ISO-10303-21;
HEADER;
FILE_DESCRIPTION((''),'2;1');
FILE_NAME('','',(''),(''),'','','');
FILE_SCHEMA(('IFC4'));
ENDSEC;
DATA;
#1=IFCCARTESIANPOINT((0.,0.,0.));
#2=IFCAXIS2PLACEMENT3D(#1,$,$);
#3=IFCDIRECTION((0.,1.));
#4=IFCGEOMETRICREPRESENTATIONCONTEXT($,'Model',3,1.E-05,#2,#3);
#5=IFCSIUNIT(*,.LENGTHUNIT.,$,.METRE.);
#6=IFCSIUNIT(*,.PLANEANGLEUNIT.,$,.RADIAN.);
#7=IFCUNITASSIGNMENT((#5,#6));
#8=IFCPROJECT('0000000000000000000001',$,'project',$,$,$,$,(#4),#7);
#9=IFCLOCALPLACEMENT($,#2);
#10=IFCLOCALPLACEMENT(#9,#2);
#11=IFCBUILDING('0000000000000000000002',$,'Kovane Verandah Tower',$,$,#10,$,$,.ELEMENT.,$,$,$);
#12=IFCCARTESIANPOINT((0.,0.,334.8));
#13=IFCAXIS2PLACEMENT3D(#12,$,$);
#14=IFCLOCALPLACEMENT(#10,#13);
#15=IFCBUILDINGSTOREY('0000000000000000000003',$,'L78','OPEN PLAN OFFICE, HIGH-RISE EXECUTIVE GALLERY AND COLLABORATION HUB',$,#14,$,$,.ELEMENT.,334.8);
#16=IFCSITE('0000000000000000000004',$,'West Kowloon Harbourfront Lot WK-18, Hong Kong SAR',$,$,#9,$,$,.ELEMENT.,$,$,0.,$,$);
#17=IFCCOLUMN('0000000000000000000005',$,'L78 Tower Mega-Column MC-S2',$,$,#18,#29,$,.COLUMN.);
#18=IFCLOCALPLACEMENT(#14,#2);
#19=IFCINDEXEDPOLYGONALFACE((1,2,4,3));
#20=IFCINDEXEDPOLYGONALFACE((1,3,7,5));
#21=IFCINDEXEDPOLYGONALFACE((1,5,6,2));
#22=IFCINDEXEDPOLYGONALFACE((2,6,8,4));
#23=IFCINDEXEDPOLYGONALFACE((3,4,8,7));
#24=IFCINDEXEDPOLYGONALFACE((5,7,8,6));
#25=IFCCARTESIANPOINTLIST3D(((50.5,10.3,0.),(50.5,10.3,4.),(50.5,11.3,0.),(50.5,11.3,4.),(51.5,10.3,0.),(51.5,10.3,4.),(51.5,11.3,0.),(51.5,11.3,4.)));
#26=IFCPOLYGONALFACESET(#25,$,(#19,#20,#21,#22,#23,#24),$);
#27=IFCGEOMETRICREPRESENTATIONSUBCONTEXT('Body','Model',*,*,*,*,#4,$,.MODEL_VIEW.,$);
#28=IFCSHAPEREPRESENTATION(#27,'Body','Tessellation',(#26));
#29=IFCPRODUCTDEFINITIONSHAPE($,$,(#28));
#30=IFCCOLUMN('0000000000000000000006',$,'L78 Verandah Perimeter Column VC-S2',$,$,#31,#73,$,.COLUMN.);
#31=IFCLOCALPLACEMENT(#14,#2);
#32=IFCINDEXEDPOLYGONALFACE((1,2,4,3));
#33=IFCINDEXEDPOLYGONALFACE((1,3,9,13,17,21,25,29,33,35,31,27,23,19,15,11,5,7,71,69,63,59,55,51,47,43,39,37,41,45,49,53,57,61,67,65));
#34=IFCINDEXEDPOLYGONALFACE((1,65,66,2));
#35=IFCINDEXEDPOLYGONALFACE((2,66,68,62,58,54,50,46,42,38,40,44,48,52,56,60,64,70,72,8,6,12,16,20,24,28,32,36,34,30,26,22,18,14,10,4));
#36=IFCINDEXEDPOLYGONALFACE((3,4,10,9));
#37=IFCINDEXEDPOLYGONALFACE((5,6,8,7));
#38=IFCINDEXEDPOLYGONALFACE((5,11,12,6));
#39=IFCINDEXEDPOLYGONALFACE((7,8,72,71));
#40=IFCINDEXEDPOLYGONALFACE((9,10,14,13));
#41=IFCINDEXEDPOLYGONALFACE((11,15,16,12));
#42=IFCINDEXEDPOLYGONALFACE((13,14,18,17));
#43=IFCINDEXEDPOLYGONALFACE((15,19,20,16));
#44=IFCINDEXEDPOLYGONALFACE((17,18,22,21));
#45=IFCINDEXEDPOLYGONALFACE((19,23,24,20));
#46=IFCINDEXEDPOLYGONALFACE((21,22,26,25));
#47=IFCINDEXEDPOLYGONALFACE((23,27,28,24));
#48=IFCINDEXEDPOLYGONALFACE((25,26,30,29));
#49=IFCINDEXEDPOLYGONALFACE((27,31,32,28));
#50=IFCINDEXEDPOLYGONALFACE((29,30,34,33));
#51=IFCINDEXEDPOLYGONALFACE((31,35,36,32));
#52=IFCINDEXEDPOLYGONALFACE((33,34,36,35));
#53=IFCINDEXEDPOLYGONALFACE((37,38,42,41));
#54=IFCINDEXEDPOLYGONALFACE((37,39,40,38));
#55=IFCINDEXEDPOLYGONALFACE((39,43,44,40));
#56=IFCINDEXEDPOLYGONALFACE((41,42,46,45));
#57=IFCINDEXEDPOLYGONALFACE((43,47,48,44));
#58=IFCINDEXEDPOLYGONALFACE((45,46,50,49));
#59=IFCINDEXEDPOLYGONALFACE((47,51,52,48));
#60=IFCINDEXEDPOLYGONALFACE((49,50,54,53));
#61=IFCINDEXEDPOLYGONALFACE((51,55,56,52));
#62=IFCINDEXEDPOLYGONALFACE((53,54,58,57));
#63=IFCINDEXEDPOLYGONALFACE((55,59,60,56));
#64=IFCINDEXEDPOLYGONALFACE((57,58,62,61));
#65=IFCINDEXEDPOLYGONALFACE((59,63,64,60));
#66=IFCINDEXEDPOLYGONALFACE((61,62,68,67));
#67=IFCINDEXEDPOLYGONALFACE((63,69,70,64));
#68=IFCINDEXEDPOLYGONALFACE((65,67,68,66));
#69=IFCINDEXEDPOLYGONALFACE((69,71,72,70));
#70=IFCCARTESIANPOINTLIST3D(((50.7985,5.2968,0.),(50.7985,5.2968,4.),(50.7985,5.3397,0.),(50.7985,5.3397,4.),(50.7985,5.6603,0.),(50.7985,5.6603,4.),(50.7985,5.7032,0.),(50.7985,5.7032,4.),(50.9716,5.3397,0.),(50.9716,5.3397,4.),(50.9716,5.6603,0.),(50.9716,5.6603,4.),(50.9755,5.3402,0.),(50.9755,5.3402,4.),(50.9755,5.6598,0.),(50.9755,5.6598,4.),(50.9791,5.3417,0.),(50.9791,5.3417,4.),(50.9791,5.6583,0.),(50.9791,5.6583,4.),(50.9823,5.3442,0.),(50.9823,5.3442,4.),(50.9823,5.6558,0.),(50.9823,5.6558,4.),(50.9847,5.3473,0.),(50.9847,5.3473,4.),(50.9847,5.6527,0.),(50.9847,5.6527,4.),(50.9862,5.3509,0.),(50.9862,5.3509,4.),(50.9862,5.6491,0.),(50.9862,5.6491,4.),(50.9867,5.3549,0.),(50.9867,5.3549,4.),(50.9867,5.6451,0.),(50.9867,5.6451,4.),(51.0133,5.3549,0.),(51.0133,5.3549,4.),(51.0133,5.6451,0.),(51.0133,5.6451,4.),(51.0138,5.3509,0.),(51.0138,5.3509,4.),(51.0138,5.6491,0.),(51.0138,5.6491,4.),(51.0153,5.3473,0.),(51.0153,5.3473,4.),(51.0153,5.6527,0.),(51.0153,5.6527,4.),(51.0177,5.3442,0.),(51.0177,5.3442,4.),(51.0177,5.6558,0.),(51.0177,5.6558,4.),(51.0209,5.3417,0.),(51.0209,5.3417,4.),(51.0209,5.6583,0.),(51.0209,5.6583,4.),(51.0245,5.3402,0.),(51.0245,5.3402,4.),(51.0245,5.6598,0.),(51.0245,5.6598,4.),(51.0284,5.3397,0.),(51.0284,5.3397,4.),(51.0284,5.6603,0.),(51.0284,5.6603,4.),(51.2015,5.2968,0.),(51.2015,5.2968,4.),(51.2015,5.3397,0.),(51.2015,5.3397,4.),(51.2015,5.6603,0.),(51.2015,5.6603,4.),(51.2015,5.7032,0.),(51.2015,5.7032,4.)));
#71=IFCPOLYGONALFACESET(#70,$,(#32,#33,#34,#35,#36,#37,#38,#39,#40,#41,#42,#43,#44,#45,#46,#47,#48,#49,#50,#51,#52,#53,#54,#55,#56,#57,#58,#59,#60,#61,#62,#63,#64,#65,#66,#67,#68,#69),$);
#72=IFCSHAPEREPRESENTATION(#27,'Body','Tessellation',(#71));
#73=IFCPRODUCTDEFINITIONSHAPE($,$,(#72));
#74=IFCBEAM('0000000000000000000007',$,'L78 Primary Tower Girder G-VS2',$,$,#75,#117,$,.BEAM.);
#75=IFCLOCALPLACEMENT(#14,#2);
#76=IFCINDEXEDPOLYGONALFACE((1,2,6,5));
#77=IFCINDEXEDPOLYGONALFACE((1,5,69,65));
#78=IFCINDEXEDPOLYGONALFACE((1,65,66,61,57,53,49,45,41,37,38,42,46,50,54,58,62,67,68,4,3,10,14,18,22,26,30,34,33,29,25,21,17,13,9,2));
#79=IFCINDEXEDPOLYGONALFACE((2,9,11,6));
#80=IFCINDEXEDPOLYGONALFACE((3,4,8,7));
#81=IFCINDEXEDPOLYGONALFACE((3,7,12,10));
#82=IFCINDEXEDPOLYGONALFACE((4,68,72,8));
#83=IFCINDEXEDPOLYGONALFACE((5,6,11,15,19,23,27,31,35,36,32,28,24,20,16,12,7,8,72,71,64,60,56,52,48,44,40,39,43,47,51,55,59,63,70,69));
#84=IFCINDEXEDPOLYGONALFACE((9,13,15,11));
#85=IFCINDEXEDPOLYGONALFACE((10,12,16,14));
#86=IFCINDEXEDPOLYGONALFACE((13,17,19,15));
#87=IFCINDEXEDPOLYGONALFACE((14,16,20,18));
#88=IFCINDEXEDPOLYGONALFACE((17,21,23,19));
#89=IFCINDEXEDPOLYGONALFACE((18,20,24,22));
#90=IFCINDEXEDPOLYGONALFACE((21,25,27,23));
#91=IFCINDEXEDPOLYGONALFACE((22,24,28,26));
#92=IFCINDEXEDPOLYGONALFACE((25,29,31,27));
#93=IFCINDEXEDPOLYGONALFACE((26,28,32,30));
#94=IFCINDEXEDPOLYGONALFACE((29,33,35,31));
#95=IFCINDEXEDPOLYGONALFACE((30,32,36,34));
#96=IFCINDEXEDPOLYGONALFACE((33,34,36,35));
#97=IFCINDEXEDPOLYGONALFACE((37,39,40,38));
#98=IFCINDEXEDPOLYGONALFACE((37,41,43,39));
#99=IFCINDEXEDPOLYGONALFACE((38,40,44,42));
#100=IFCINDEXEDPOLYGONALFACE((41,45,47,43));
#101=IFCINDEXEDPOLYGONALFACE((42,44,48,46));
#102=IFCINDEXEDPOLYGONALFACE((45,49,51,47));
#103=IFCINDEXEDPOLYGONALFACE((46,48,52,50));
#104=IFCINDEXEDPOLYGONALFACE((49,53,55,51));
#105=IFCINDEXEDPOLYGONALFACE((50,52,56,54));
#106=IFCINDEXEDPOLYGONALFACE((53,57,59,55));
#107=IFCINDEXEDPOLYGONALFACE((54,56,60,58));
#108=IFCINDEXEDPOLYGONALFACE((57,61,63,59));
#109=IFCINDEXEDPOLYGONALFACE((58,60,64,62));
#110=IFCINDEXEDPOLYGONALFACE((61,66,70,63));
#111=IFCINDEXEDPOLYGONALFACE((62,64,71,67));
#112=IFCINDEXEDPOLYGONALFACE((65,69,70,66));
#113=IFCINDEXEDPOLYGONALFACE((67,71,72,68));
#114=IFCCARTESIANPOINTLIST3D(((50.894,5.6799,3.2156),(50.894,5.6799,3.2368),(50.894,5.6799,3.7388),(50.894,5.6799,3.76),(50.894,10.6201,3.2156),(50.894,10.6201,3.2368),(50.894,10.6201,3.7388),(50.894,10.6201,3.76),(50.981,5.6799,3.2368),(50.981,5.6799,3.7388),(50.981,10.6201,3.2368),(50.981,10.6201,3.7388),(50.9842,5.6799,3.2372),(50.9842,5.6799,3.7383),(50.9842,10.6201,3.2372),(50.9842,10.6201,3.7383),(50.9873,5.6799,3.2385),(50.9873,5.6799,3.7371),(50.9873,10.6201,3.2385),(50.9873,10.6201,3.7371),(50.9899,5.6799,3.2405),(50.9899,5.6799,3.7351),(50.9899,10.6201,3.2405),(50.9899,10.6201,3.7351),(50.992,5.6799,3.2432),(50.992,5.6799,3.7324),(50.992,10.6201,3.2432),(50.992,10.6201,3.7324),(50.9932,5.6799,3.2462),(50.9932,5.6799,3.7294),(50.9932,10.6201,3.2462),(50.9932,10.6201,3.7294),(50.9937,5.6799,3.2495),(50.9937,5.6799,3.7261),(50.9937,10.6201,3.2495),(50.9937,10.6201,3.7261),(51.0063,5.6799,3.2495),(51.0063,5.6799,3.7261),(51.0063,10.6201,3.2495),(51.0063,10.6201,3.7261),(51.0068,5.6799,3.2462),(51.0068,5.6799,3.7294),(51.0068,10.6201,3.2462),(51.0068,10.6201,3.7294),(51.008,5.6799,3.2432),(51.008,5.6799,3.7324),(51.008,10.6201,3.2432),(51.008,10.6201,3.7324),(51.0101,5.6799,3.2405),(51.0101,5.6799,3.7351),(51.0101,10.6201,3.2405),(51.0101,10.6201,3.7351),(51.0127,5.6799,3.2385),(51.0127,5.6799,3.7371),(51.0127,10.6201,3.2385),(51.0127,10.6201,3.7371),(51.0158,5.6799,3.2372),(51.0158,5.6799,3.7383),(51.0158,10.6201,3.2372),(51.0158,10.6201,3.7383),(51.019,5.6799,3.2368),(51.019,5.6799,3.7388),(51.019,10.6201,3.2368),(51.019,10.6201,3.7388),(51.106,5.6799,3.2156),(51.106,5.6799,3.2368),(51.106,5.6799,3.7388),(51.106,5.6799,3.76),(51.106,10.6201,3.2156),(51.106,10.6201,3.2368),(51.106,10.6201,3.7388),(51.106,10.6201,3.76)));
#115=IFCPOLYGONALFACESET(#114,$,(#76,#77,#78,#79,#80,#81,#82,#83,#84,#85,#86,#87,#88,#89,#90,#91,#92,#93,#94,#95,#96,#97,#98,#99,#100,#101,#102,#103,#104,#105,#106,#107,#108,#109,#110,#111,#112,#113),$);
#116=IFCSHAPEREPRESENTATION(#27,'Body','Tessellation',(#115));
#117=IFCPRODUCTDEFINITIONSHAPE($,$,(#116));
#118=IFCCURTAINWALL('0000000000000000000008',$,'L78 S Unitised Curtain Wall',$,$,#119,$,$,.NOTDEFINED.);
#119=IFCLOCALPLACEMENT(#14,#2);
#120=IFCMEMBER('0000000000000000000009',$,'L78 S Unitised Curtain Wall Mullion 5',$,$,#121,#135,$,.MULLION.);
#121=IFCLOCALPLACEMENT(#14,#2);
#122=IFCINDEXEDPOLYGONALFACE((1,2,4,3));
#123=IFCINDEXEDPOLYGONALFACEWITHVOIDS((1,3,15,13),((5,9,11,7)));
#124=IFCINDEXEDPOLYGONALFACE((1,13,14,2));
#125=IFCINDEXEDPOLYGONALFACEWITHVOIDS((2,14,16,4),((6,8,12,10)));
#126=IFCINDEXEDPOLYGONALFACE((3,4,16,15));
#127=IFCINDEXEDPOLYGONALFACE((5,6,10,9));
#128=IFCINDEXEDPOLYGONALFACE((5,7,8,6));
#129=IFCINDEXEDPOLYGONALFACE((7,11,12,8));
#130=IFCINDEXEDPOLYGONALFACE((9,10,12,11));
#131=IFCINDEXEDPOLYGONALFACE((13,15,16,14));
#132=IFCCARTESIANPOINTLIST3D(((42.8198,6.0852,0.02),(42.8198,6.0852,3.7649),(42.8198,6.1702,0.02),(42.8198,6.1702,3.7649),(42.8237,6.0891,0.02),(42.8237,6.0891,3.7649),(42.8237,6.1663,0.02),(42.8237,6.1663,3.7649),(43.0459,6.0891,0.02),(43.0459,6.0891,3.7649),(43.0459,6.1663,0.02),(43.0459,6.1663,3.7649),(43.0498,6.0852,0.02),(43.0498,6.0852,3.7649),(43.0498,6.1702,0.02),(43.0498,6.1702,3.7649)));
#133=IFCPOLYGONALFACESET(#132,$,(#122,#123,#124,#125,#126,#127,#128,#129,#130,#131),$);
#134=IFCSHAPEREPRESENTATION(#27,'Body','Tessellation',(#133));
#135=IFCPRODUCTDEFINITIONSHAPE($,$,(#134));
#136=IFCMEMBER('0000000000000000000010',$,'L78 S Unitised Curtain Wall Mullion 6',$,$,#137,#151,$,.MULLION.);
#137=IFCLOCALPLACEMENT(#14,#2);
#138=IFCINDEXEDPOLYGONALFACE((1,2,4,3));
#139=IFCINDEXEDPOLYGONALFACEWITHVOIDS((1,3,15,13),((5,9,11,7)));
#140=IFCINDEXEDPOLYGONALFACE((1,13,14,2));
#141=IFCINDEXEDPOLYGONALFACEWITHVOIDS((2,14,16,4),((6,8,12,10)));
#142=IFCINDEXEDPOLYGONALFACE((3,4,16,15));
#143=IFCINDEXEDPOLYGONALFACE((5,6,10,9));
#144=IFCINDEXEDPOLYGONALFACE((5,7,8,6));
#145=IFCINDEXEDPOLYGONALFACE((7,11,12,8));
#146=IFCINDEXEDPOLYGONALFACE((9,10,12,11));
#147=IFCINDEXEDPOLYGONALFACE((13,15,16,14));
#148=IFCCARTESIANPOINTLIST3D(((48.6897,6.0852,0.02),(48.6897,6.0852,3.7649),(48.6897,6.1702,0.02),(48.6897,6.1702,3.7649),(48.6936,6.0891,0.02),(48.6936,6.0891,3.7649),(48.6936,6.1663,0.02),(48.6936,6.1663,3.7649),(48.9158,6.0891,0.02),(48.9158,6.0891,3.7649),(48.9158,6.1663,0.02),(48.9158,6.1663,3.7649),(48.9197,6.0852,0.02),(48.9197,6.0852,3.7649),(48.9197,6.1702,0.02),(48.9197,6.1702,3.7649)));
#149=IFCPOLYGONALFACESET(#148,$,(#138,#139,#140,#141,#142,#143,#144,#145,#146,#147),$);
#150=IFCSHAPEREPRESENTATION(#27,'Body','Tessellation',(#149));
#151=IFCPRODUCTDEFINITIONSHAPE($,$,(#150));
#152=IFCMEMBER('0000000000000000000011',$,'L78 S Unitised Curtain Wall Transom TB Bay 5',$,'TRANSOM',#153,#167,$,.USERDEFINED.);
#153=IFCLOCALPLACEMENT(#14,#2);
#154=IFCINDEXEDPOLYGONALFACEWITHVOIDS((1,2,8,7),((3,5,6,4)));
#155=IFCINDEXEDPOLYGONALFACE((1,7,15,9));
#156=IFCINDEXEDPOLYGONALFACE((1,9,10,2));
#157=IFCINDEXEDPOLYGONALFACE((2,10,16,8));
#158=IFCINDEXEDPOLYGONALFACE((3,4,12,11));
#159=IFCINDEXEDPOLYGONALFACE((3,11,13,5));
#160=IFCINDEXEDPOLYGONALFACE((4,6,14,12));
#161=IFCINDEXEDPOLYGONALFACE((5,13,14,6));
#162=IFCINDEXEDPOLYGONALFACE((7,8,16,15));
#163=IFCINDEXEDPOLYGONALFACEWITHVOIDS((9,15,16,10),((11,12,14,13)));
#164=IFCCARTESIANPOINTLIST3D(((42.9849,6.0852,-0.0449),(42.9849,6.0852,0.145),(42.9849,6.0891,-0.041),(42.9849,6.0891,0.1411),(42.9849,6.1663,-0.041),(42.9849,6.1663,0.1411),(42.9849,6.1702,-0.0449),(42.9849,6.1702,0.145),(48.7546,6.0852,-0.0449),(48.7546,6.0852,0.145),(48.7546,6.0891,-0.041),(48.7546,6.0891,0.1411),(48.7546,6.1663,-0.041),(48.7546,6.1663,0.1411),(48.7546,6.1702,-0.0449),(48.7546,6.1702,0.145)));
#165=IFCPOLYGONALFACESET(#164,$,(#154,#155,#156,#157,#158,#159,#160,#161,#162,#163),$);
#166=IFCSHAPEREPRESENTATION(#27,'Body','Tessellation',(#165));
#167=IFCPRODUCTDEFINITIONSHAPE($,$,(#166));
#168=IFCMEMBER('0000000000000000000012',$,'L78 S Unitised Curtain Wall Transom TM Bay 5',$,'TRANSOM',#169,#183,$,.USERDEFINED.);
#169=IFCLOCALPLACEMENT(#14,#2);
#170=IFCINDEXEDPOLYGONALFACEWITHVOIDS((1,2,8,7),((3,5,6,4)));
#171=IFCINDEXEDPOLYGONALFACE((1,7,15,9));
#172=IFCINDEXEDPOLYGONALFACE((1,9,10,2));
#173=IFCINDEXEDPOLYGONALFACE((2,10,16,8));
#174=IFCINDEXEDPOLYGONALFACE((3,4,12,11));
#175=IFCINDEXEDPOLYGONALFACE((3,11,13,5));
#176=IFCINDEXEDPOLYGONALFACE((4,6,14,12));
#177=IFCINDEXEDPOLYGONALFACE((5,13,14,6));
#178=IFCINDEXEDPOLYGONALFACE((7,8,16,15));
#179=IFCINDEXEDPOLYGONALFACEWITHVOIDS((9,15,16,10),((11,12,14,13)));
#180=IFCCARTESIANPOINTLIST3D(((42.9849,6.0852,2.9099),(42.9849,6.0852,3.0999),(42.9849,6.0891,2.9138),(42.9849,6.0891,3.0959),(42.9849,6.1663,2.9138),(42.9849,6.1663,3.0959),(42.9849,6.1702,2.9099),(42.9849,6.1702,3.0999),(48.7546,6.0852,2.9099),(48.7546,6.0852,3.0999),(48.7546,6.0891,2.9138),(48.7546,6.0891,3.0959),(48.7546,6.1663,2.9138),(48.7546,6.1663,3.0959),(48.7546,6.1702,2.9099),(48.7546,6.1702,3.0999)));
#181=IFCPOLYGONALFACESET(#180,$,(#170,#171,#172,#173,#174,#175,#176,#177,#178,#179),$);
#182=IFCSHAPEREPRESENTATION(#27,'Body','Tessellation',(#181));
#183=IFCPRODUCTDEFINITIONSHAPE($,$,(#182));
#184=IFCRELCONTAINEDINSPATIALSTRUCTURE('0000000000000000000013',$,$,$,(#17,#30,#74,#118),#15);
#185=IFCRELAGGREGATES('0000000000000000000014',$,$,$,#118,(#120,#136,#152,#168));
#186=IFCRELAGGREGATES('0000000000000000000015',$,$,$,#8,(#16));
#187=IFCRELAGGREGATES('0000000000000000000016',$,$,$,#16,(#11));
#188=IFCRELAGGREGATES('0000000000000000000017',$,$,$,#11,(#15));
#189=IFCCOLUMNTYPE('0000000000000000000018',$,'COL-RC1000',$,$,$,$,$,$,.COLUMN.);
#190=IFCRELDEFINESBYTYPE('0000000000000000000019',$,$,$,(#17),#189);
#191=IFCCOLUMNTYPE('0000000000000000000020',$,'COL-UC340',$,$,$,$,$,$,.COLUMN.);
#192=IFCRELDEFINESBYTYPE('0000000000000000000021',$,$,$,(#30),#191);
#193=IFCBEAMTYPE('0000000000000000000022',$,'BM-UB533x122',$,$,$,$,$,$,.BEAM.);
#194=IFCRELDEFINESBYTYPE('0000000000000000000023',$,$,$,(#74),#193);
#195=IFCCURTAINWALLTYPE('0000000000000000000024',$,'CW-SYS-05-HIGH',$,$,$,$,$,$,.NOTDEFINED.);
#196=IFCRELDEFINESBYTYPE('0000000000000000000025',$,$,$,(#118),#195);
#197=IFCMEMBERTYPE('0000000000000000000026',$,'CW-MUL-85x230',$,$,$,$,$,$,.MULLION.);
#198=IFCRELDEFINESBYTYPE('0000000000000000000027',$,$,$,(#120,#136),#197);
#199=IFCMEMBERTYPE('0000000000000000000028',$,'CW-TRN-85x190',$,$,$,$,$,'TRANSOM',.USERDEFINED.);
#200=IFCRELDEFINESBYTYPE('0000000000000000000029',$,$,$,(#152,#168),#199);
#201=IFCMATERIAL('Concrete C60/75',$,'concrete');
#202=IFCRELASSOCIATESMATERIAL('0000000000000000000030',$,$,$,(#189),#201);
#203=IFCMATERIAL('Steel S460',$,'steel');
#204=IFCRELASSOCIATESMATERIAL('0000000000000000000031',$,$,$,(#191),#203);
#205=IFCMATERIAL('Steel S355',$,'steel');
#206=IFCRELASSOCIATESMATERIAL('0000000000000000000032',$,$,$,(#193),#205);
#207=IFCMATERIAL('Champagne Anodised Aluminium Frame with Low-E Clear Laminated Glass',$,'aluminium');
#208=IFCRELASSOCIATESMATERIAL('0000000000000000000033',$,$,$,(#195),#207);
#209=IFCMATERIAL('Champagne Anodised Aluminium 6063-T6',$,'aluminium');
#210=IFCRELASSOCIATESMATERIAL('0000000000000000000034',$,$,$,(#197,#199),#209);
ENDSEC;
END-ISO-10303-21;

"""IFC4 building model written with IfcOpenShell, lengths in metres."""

from ifc_helpers import new_model, si_unit, direction, frame, origin, origin_2d, place, context, subcontext, project, spatial, rectangle, hollow_rectangle, i_section, extrude, material, material_profile, profile_set, type_object, element, aggregate, save


model = new_model("IFC4")

# Units and contexts
model_context = context("Model", 3, precision=1e-05, world=origin(), true_north=direction((0.0, 1.0)))
body_context = subcontext(model_context, "Body", "Model", "MODEL_VIEW")
ifc_project = project(units=[si_unit("LENGTHUNIT", "METRE"), si_unit("PLANEANGLEUNIT", "RADIAN")], contexts=[model_context])

# Site, building, storey
site_placement = place(None, origin())
site = spatial("IfcSite", under=ifc_project, at=site_placement, Name="West Kowloon Harbourfront Lot WK-18, Hong Kong SAR", CompositionType="ELEMENT", RefElevation=0.0)
building_placement = place(site_placement, origin())
building = spatial("IfcBuilding", under=site, at=building_placement, Name="Kovane Verandah Tower", CompositionType="ELEMENT")
storey_placement = place(building_placement, frame((0.0, 0.0, 334.8)))
storey = spatial("IfcBuildingStorey", under=building, at=storey_placement, Name="L78", Description="OPEN PLAN OFFICE, HIGH-RISE EXECUTIVE GALLERY AND COLLABORATION HUB", CompositionType="ELEMENT", Elevation=334.8)

# Columns
ifc_material_1 = material(Name="Concrete C60/75", Category="concrete")
ifc_material_profile_1 = material_profile(ifc_material_1, rectangle(XDim=1.0, YDim=1.0, at=origin_2d()), Name="RC1000x1000")
ifc_profile_set_1 = profile_set([ifc_material_profile_1], Name="Concrete C60/75")
column_type_1 = type_object("IfcColumnType", Name="COL-RC1000", PredefinedType="COLUMN", material=ifc_profile_set_1)
column_1_placement = place(storey_placement, frame((51.0, 10.8, 0.0), z_axis=(0.0, 0.0, 1.0), x_axis=(1.0, 0.0, 0.0)))
element("IfcColumn", 1, at=column_1_placement, inside=storey, type_object=column_type_1, Name="L78 Tower Mega-Column MC-S2", PredefinedType="COLUMN", context=body_context, shape_type="SweptSolid", body=[
    extrude(rectangle(XDim=1.0, YDim=1.0, at=origin_2d()), origin(), (0.0, 0.0, 1.0), 4.0),
])
ifc_material_2 = material(Name="Steel S460", Category="steel")
ifc_material_profile_2 = material_profile(ifc_material_2, i_section(OverallWidth=0.4031, OverallDepth=0.4065, WebThickness=0.0266, FlangeThickness=0.043, FilletRadius=0.0151, at=origin_2d()), Name="UC356x406x340")
ifc_profile_set_2 = profile_set([ifc_material_profile_2], Name="Steel S460")
column_type_2 = type_object("IfcColumnType", Name="COL-UC340", PredefinedType="COLUMN", material=ifc_profile_set_2)
column_2_placement = place(storey_placement, frame((51.0, 5.5, 0.0), z_axis=(0.0, 0.0, 1.0), x_axis=(1.0, 0.0, 0.0)))
element("IfcColumn", 2, at=column_2_placement, inside=storey, type_object=column_type_2, Name="L78 Verandah Perimeter Column VC-S2", PredefinedType="COLUMN", context=body_context, shape_type="SweptSolid", body=[
    extrude(i_section(OverallWidth=0.4031, OverallDepth=0.4065, WebThickness=0.0266, FlangeThickness=0.043, FilletRadius=0.0151, at=origin_2d()), origin(), (0.0, 0.0, 1.0), 4.0),
])

# Beam
ifc_material_3 = material(Name="Steel S355", Category="steel")
ifc_material_profile_3 = material_profile(ifc_material_3, i_section(OverallWidth=0.2119, OverallDepth=0.5444, WebThickness=0.0127, FlangeThickness=0.0212, FilletRadius=0.0127, at=origin_2d()), Name="UB533x210x122")
ifc_profile_set_3 = profile_set([ifc_material_profile_3], Name="Steel S355")
beam_type = type_object("IfcBeamType", Name="BM-UB533x122", PredefinedType="BEAM", material=ifc_profile_set_3)
beam_placement = place(storey_placement, frame((51.0, 10.6201, 3.4878), z_axis=(0.0, -1.0, 0.0), x_axis=(1.0, 0.0, 0.0)))
element("IfcBeam", 3, at=beam_placement, inside=storey, type_object=beam_type, Name="L78 Primary Tower Girder G-VS2", PredefinedType="BEAM", context=body_context, shape_type="SweptSolid", body=[
    extrude(i_section(OverallWidth=0.2119, OverallDepth=0.5444, WebThickness=0.0127, FlangeThickness=0.0212, FilletRadius=0.0127, at=origin_2d()), origin(), (0.0, 0.0, 1.0), 4.9402),
])

# Curtain wall, members
ifc_material_4 = material(Name="Champagne Anodised Aluminium Frame with Low-E Clear Laminated Glass", Category="aluminium")
curtain_wall_type = type_object("IfcCurtainWallType", Name="CW-SYS-05-HIGH", PredefinedType="NOTDEFINED", material=ifc_material_4)
curtain_wall_placement = place(storey_placement, origin())
curtain_wall = element("IfcCurtainWall", 4, at=curtain_wall_placement, inside=storey, type_object=curtain_wall_type, Name="L78 S Unitised Curtain Wall", PredefinedType="NOTDEFINED")
ifc_material_5 = material(Name="Champagne Anodised Aluminium 6063-T6", Category="aluminium")
ifc_material_profile_4 = material_profile(ifc_material_5, hollow_rectangle(XDim=0.085, YDim=0.23, WallThickness=0.0039, at=origin_2d()), Name="AL85x230x4")
ifc_profile_set_4 = profile_set([ifc_material_profile_4], Name="Champagne Anodised Aluminium 6063-T6")
member_type_1 = type_object("IfcMemberType", Name="CW-MUL-85x230", PredefinedType="MULLION", material=ifc_profile_set_4)
member_1_placement = place(storey_placement, frame((42.9348, 6.1277, 0.02), z_axis=(0.0, 0.0, 1.0), x_axis=(0.0, -1.0, 0.0)))
member_1 = element("IfcMember", 5, at=member_1_placement, type_object=member_type_1, Name="L78 S Unitised Curtain Wall Mullion 5", PredefinedType="MULLION", context=body_context, shape_type="SweptSolid", body=[
    extrude(hollow_rectangle(XDim=0.085, YDim=0.23, WallThickness=0.0039, at=origin_2d()), origin(), (0.0, 0.0, 1.0), 3.7449),
])
member_2_placement = place(storey_placement, frame((48.8047, 6.1277, 0.02), z_axis=(0.0, 0.0, 1.0), x_axis=(0.0, -1.0, 0.0)))
member_2 = element("IfcMember", 6, at=member_2_placement, type_object=member_type_1, Name="L78 S Unitised Curtain Wall Mullion 6", PredefinedType="MULLION", context=body_context, shape_type="SweptSolid", body=[
    extrude(hollow_rectangle(XDim=0.085, YDim=0.23, WallThickness=0.0039, at=origin_2d()), origin(), (0.0, 0.0, 1.0), 3.7449),
])
ifc_material_profile_5 = material_profile(ifc_material_5, hollow_rectangle(XDim=0.085, YDim=0.1899, WallThickness=0.0039, at=origin_2d()), Name="AL85x190x4")
ifc_profile_set_5 = profile_set([ifc_material_profile_5], Name="Champagne Anodised Aluminium 6063-T6")
member_type_2 = type_object("IfcMemberType", Name="CW-TRN-85x190", ElementType="TRANSOM", PredefinedType="USERDEFINED", material=ifc_profile_set_5)
member_3_placement = place(storey_placement, frame((42.9849, 6.1277, 0.05), z_axis=(1.0, 0.0, 0.0), x_axis=(0.0, 1.0, 0.0)))
member_3 = element("IfcMember", 7, at=member_3_placement, type_object=member_type_2, Name="L78 S Unitised Curtain Wall Transom TB Bay 5", ObjectType="TRANSOM", PredefinedType="USERDEFINED", context=body_context, shape_type="SweptSolid", body=[
    extrude(hollow_rectangle(XDim=0.085, YDim=0.1899, WallThickness=0.0039, at=origin_2d()), origin(), (0.0, 0.0, 1.0), 5.7698),
])
member_4_placement = place(storey_placement, frame((42.9849, 6.1277, 3.0049), z_axis=(1.0, 0.0, 0.0), x_axis=(0.0, 1.0, 0.0)))
member_4 = element("IfcMember", 8, at=member_4_placement, type_object=member_type_2, Name="L78 S Unitised Curtain Wall Transom TM Bay 5", ObjectType="TRANSOM", PredefinedType="USERDEFINED", context=body_context, shape_type="SweptSolid", body=[
    extrude(hollow_rectangle(XDim=0.085, YDim=0.1899, WallThickness=0.0039, at=origin_2d()), origin(), (0.0, 0.0, 1.0), 5.7698),
])
aggregate(curtain_wall, [member_1, member_2, member_3, member_4])

save(model, "model.ifc")
